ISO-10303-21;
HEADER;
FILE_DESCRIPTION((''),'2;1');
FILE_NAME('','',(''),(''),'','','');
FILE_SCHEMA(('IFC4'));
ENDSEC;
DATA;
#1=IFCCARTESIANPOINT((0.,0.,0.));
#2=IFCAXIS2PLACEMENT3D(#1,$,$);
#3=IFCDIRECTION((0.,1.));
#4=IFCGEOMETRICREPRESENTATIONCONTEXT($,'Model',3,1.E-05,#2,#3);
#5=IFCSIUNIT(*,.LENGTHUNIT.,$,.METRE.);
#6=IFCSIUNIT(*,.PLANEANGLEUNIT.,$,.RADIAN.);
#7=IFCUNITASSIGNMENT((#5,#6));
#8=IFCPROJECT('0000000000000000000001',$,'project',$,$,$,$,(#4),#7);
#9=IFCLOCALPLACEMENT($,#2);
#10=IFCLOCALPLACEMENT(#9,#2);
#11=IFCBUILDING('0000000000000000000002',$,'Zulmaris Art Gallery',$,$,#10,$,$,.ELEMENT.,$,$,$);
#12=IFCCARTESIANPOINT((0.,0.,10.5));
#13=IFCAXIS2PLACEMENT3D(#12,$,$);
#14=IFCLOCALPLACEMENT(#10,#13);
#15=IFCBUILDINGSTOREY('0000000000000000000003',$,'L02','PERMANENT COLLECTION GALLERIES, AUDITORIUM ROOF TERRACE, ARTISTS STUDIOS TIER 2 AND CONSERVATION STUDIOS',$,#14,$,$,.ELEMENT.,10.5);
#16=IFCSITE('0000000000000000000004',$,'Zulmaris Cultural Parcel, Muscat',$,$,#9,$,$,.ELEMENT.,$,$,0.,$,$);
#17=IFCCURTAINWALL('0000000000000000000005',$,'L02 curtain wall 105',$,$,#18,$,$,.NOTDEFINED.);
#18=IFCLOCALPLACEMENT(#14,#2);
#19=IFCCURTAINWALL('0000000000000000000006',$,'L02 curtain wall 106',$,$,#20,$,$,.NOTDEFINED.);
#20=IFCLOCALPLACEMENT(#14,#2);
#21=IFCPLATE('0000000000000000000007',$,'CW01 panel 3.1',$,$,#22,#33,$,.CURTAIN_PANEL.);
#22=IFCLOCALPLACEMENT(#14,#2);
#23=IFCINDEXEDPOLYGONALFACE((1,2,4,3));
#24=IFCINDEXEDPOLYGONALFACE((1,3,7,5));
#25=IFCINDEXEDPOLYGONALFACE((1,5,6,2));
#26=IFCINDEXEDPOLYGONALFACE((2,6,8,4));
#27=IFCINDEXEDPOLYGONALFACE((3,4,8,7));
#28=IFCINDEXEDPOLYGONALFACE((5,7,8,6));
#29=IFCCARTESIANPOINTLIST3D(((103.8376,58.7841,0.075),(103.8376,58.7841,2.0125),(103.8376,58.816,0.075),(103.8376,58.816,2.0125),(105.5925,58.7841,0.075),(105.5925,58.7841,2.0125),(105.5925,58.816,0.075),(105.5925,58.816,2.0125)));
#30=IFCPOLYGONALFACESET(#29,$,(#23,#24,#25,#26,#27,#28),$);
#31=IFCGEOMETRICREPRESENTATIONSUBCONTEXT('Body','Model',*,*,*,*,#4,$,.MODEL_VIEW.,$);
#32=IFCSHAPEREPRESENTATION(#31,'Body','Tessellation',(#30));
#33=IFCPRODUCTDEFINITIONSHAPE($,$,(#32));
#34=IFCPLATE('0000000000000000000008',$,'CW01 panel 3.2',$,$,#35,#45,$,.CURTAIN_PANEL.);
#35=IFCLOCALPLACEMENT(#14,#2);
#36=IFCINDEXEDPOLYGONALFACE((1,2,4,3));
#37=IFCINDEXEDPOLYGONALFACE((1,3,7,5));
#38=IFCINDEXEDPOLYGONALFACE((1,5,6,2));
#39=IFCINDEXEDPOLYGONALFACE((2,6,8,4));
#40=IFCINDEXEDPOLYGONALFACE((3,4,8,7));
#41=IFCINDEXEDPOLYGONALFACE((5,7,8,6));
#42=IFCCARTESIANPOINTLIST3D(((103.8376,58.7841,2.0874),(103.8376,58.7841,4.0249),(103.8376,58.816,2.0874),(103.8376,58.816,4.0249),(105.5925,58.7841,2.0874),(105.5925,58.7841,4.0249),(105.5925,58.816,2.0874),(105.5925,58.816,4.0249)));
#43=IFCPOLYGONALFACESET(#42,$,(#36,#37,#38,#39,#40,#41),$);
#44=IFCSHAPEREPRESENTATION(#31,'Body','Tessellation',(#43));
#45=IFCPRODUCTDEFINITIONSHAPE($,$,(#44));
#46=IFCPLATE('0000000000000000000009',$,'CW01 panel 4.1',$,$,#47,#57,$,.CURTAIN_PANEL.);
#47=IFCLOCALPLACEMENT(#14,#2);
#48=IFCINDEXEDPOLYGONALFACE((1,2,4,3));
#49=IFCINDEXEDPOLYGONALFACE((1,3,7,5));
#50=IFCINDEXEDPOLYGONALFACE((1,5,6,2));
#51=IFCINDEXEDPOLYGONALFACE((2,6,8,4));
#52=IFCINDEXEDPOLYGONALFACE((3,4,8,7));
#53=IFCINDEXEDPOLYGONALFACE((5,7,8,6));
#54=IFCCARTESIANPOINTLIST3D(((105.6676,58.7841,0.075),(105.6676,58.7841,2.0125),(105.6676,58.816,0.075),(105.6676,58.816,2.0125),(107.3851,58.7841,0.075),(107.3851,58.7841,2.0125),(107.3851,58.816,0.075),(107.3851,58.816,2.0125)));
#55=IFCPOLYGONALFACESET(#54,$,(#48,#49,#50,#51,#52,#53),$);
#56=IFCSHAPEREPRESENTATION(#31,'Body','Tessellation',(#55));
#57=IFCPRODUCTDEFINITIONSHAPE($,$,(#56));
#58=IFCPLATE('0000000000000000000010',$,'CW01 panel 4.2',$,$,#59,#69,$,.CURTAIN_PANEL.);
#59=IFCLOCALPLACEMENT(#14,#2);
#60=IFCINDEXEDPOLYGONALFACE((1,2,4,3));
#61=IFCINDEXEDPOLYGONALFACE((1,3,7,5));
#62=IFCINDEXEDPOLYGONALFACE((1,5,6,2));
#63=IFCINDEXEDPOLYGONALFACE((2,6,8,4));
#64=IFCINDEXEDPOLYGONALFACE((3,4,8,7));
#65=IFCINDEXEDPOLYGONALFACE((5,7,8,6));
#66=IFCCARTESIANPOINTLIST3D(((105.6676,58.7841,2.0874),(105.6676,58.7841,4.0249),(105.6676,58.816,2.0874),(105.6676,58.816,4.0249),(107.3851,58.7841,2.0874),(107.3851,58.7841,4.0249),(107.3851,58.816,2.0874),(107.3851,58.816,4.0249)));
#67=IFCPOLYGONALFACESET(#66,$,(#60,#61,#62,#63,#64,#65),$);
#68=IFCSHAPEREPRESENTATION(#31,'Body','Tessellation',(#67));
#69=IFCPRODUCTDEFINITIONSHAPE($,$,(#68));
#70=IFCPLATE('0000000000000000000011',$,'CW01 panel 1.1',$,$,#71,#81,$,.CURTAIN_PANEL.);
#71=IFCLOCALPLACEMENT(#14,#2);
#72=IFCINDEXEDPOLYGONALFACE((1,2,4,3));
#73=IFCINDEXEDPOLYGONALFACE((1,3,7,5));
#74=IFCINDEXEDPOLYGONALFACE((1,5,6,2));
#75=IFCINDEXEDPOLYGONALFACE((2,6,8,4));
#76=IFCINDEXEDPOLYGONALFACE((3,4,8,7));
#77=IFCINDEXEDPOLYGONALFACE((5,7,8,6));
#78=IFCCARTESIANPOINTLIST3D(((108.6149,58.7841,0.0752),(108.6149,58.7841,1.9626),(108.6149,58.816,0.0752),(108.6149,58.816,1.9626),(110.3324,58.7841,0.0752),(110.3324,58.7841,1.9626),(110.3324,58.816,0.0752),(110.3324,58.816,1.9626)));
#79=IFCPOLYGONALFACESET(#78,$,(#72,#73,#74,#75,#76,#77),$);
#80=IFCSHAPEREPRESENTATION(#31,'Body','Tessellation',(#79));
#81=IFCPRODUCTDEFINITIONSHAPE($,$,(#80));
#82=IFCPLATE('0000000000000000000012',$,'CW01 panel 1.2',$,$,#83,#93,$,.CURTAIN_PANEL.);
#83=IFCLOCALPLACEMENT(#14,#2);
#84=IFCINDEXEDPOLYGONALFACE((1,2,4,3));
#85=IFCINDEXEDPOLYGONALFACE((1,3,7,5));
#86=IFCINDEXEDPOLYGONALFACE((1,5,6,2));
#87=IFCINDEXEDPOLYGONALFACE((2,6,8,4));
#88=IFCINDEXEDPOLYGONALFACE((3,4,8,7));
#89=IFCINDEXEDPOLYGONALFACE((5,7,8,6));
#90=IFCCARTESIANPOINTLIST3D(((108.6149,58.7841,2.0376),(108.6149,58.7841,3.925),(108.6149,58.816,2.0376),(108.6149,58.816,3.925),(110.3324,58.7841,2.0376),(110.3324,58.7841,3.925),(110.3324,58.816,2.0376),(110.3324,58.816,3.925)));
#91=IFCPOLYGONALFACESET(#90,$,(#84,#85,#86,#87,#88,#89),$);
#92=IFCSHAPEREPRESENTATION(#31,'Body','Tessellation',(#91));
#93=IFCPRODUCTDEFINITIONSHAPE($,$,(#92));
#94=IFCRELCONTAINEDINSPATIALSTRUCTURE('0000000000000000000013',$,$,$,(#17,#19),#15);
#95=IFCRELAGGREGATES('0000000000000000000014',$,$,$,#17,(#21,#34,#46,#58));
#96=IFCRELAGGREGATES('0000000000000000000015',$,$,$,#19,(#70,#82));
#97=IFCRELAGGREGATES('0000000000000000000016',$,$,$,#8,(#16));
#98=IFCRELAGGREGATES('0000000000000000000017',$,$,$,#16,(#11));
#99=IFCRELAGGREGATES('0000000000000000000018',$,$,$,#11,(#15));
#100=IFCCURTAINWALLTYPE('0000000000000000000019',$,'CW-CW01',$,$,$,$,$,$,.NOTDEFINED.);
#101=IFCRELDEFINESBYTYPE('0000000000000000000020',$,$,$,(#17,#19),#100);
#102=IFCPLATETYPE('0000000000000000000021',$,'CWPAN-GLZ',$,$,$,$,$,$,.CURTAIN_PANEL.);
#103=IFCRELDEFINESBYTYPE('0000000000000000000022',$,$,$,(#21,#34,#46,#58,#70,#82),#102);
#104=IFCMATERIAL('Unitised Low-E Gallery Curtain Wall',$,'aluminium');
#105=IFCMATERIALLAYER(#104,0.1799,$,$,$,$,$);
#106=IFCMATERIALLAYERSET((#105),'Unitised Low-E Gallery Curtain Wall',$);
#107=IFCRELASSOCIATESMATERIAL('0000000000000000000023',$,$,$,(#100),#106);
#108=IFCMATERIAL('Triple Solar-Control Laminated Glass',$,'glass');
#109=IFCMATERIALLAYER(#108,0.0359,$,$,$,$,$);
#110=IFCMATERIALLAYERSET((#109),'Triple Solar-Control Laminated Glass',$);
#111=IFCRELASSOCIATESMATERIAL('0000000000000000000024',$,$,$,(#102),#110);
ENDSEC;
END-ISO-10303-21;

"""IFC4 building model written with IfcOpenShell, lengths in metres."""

from ifc_helpers import new_model, si_unit, direction, frame, origin, origin_2d, place, context, subcontext, project, spatial, rectangle, extrude, material, layer, layer_set, type_object, element, aggregate, save


model = new_model("IFC4")

# Units and contexts
model_context = context("Model", 3, precision=1e-05, world=origin(), true_north=direction((0.0, 1.0)))
body_context = subcontext(model_context, "Body", "Model", "MODEL_VIEW")
ifc_project = project(units=[si_unit("LENGTHUNIT", "METRE"), si_unit("PLANEANGLEUNIT", "RADIAN")], contexts=[model_context])

# Site, building, storey
site_placement = place(None, origin())
site = spatial("IfcSite", under=ifc_project, at=site_placement, Name="Zulmaris Cultural Parcel, Muscat", CompositionType="ELEMENT", RefElevation=0.0)
building_placement = place(site_placement, origin())
building = spatial("IfcBuilding", under=site, at=building_placement, Name="Zulmaris Art Gallery", CompositionType="ELEMENT")
storey_placement = place(building_placement, frame((0.0, 0.0, 10.5)))
storey = spatial("IfcBuildingStorey", under=building, at=storey_placement, Name="L02", Description="PERMANENT COLLECTION GALLERIES, AUDITORIUM ROOF TERRACE, ARTISTS STUDIOS TIER 2 AND CONSERVATION STUDIOS", CompositionType="ELEMENT", Elevation=10.5)

# Curtain walls
ifc_material_1 = material(Name="Unitised Low-E Gallery Curtain Wall", Category="aluminium")
ifc_layer_1 = layer(ifc_material_1, 0.1799)
ifc_layer_set_1 = layer_set([ifc_layer_1], Name="Unitised Low-E Gallery Curtain Wall")
curtain_wall_type = type_object("IfcCurtainWallType", Name="CW-CW01", PredefinedType="NOTDEFINED", material=ifc_layer_set_1)
curtain_wall_1_placement = place(storey_placement, origin())
curtain_wall_1 = element("IfcCurtainWall", 1, at=curtain_wall_1_placement, inside=storey, type_object=curtain_wall_type, Name="L02 curtain wall 105", PredefinedType="NOTDEFINED")
curtain_wall_2_placement = place(storey_placement, origin())
curtain_wall_2 = element("IfcCurtainWall", 2, at=curtain_wall_2_placement, inside=storey, type_object=curtain_wall_type, Name="L02 curtain wall 106", PredefinedType="NOTDEFINED")

# Plates
ifc_material_2 = material(Name="Triple Solar-Control Laminated Glass", Category="glass")
ifc_layer_2 = layer(ifc_material_2, 0.0359)
ifc_layer_set_2 = layer_set([ifc_layer_2], Name="Triple Solar-Control Laminated Glass")
plate_type = type_object("IfcPlateType", Name="CWPAN-GLZ", PredefinedType="CURTAIN_PANEL", material=ifc_layer_set_2)
plate_1_placement = place(storey_placement, frame((104.7151, 58.8, 0.075), z_axis=(0.0, 0.0, 1.0), x_axis=(1.0, 0.0, 0.0)))
plate_1 = element("IfcPlate", 3, at=plate_1_placement, type_object=plate_type, Name="CW01 panel 3.1", PredefinedType="CURTAIN_PANEL", context=body_context, shape_type="SweptSolid", body=[
    extrude(rectangle(XDim=1.7549, YDim=0.032, at=origin_2d()), origin(), (0.0, 0.0, 1.0), 1.9375),
])
plate_2_placement = place(storey_placement, frame((104.7151, 58.8, 2.0874), z_axis=(0.0, 0.0, 1.0), x_axis=(1.0, 0.0, 0.0)))
plate_2 = element("IfcPlate", 4, at=plate_2_placement, type_object=plate_type, Name="CW01 panel 3.2", PredefinedType="CURTAIN_PANEL", context=body_context, shape_type="SweptSolid", body=[
    extrude(rectangle(XDim=1.7549, YDim=0.032, at=origin_2d()), origin(), (0.0, 0.0, 1.0), 1.9375),
])
plate_3_placement = place(storey_placement, frame((106.5264, 58.8, 0.075), z_axis=(0.0, 0.0, 1.0), x_axis=(1.0, 0.0, 0.0)))
plate_3 = element("IfcPlate", 5, at=plate_3_placement, type_object=plate_type, Name="CW01 panel 4.1", PredefinedType="CURTAIN_PANEL", context=body_context, shape_type="SweptSolid", body=[
    extrude(rectangle(XDim=1.7175, YDim=0.032, at=origin_2d()), origin(), (0.0, 0.0, 1.0), 1.9375),
])
plate_4_placement = place(storey_placement, frame((106.5264, 58.8, 2.0874), z_axis=(0.0, 0.0, 1.0), x_axis=(1.0, 0.0, 0.0)))
plate_4 = element("IfcPlate", 6, at=plate_4_placement, type_object=plate_type, Name="CW01 panel 4.2", PredefinedType="CURTAIN_PANEL", context=body_context, shape_type="SweptSolid", body=[
    extrude(rectangle(XDim=1.7175, YDim=0.032, at=origin_2d()), origin(), (0.0, 0.0, 1.0), 1.9375),
])
aggregate(curtain_wall_1, [plate_1, plate_2, plate_3, plate_4])
plate_5_placement = place(storey_placement, frame((109.4736, 58.8, 0.0752), z_axis=(0.0, 0.0, 1.0), x_axis=(1.0, 0.0, 0.0)))
plate_5 = element("IfcPlate", 7, at=plate_5_placement, type_object=plate_type, Name="CW01 panel 1.1", PredefinedType="CURTAIN_PANEL", context=body_context, shape_type="SweptSolid", body=[
    extrude(rectangle(XDim=1.7175, YDim=0.032, at=origin_2d()), origin(), (0.0, 0.0, 1.0), 1.8875),
])
plate_6_placement = place(storey_placement, frame((109.4736, 58.8, 2.0376), z_axis=(0.0, 0.0, 1.0), x_axis=(1.0, 0.0, 0.0)))
plate_6 = element("IfcPlate", 8, at=plate_6_placement, type_object=plate_type, Name="CW01 panel 1.2", PredefinedType="CURTAIN_PANEL", context=body_context, shape_type="SweptSolid", body=[
    extrude(rectangle(XDim=1.7175, YDim=0.032, at=origin_2d()), origin(), (0.0, 0.0, 1.0), 1.8875),
])
aggregate(curtain_wall_2, [plate_5, plate_6])

save(model, "model.ifc")
